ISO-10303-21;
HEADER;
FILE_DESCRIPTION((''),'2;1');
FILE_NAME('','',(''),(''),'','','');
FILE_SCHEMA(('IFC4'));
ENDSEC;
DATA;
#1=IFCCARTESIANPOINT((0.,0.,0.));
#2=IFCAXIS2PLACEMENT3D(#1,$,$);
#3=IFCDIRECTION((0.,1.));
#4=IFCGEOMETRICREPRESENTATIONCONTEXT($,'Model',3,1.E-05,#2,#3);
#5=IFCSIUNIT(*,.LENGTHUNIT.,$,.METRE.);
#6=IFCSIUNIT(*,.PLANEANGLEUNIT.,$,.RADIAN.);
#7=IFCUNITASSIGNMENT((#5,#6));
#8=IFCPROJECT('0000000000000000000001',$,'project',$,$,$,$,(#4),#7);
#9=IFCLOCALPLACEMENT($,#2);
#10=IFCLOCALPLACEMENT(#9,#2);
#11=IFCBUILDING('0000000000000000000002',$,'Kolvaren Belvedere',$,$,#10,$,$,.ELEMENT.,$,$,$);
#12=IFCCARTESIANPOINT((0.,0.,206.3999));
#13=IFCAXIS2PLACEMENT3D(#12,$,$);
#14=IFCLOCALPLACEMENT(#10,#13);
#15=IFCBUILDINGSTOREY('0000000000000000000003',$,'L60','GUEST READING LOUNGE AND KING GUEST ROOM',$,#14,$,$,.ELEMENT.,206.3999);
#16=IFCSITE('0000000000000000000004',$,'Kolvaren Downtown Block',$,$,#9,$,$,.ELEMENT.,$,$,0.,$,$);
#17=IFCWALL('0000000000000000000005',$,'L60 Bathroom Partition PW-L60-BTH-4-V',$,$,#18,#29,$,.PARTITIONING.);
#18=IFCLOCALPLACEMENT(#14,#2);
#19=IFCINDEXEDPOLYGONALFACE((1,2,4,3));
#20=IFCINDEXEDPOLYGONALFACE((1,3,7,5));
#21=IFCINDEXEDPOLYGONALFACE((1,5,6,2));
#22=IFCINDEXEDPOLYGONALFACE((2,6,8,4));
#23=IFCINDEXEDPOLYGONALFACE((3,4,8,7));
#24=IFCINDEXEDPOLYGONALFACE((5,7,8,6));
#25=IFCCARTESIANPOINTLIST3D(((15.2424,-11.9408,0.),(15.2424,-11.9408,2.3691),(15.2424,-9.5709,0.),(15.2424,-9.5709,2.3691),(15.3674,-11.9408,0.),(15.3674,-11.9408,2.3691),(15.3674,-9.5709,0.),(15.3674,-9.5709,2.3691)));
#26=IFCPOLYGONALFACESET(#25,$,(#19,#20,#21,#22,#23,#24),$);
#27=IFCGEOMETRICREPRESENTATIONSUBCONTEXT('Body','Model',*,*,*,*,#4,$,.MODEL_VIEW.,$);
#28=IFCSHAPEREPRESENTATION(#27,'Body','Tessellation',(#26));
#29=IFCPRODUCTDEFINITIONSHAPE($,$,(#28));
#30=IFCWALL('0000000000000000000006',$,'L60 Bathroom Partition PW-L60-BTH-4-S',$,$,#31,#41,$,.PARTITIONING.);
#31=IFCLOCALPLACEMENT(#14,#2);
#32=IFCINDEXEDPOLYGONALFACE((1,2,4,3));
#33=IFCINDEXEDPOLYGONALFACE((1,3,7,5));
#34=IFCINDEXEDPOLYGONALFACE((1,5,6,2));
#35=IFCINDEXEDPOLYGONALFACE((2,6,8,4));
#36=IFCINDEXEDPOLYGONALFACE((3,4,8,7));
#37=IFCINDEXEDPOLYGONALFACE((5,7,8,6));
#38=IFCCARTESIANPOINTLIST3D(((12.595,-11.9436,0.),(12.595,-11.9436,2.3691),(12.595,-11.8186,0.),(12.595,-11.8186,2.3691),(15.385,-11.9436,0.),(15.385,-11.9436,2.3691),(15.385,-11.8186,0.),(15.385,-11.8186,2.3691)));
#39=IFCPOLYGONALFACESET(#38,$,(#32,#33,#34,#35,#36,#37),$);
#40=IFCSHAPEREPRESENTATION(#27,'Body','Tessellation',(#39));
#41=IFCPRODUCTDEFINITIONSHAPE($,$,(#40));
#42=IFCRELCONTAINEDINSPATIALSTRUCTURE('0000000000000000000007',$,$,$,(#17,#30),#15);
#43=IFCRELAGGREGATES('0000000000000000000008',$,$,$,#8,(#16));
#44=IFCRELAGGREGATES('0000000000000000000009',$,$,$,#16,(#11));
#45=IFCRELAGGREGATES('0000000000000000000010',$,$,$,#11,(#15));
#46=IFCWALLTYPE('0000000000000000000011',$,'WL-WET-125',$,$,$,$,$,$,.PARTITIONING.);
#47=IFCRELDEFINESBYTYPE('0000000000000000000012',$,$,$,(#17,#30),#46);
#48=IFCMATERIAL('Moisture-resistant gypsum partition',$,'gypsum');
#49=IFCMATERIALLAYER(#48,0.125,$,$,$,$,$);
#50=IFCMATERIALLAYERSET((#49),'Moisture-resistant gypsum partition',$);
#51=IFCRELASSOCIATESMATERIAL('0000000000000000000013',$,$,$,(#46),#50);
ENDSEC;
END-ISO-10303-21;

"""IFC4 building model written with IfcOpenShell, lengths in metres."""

from ifc_helpers import new_model, si_unit, direction, frame, frame_2d, origin, place, context, subcontext, project, spatial, rectangle, extrude, material, layer, layer_set, type_object, element, save


model = new_model("IFC4")

# Units and contexts
model_context = context("Model", 3, precision=1e-05, world=origin(), true_north=direction((0.0, 1.0)))
body_context = subcontext(model_context, "Body", "Model", "MODEL_VIEW")
ifc_project = project(units=[si_unit("LENGTHUNIT", "METRE"), si_unit("PLANEANGLEUNIT", "RADIAN")], contexts=[model_context])

# Site, building, storey
site_placement = place(None, origin())
site = spatial("IfcSite", under=ifc_project, at=site_placement, Name="Kolvaren Downtown Block", CompositionType="ELEMENT", RefElevation=0.0)
building_placement = place(site_placement, origin())
building = spatial("IfcBuilding", under=site, at=building_placement, Name="Kolvaren Belvedere", CompositionType="ELEMENT")
storey_placement = place(building_placement, frame((0.0, 0.0, 206.3999)))
storey = spatial("IfcBuildingStorey", under=building, at=storey_placement, Name="L60", Description="GUEST READING LOUNGE AND KING GUEST ROOM", CompositionType="ELEMENT", Elevation=206.3999)

# Shared definitions
ifc_material_1 = material(Name="Moisture-resistant gypsum partition", Category="gypsum")
ifc_layer_1 = layer(ifc_material_1, 0.125)
ifc_layer_set_1 = layer_set([ifc_layer_1], Name="Moisture-resistant gypsum partition")
wall_type_1 = type_object("IfcWallType", Name="WL-WET-125", PredefinedType="PARTITIONING", material=ifc_layer_set_1)

# Walls
wall_1_placement = place(storey_placement, frame((15.3049, -11.9409, 0.0), z_axis=(0.0, 0.0, 1.0), x_axis=(0.0, 1.0, 0.0)))
element("IfcWall", 1, at=wall_1_placement, inside=storey, type_object=wall_type_1, Name="L60 Bathroom Partition PW-L60-BTH-4-V", PredefinedType="PARTITIONING", context=body_context, shape_type="SweptSolid", body=[
    extrude(rectangle(XDim=2.3699, YDim=0.125, at=frame_2d((1.1851, 0.0))), origin(), (0.0, 0.0, 1.0), 2.3691),
])
wall_2_placement = place(storey_placement, frame((12.595, -11.8811, 0.0), z_axis=(0.0, 0.0, 1.0), x_axis=(1.0, 0.0, 0.0)))
element("IfcWall", 2, at=wall_2_placement, inside=storey, type_object=wall_type_1, Name="L60 Bathroom Partition PW-L60-BTH-4-S", PredefinedType="PARTITIONING", context=body_context, shape_type="SweptSolid", body=[
    extrude(rectangle(XDim=2.79, YDim=0.125, at=frame_2d((1.395, 0.0))), origin(), (0.0, 0.0, 1.0), 2.3691),
])

save(model, "model.ifc")
